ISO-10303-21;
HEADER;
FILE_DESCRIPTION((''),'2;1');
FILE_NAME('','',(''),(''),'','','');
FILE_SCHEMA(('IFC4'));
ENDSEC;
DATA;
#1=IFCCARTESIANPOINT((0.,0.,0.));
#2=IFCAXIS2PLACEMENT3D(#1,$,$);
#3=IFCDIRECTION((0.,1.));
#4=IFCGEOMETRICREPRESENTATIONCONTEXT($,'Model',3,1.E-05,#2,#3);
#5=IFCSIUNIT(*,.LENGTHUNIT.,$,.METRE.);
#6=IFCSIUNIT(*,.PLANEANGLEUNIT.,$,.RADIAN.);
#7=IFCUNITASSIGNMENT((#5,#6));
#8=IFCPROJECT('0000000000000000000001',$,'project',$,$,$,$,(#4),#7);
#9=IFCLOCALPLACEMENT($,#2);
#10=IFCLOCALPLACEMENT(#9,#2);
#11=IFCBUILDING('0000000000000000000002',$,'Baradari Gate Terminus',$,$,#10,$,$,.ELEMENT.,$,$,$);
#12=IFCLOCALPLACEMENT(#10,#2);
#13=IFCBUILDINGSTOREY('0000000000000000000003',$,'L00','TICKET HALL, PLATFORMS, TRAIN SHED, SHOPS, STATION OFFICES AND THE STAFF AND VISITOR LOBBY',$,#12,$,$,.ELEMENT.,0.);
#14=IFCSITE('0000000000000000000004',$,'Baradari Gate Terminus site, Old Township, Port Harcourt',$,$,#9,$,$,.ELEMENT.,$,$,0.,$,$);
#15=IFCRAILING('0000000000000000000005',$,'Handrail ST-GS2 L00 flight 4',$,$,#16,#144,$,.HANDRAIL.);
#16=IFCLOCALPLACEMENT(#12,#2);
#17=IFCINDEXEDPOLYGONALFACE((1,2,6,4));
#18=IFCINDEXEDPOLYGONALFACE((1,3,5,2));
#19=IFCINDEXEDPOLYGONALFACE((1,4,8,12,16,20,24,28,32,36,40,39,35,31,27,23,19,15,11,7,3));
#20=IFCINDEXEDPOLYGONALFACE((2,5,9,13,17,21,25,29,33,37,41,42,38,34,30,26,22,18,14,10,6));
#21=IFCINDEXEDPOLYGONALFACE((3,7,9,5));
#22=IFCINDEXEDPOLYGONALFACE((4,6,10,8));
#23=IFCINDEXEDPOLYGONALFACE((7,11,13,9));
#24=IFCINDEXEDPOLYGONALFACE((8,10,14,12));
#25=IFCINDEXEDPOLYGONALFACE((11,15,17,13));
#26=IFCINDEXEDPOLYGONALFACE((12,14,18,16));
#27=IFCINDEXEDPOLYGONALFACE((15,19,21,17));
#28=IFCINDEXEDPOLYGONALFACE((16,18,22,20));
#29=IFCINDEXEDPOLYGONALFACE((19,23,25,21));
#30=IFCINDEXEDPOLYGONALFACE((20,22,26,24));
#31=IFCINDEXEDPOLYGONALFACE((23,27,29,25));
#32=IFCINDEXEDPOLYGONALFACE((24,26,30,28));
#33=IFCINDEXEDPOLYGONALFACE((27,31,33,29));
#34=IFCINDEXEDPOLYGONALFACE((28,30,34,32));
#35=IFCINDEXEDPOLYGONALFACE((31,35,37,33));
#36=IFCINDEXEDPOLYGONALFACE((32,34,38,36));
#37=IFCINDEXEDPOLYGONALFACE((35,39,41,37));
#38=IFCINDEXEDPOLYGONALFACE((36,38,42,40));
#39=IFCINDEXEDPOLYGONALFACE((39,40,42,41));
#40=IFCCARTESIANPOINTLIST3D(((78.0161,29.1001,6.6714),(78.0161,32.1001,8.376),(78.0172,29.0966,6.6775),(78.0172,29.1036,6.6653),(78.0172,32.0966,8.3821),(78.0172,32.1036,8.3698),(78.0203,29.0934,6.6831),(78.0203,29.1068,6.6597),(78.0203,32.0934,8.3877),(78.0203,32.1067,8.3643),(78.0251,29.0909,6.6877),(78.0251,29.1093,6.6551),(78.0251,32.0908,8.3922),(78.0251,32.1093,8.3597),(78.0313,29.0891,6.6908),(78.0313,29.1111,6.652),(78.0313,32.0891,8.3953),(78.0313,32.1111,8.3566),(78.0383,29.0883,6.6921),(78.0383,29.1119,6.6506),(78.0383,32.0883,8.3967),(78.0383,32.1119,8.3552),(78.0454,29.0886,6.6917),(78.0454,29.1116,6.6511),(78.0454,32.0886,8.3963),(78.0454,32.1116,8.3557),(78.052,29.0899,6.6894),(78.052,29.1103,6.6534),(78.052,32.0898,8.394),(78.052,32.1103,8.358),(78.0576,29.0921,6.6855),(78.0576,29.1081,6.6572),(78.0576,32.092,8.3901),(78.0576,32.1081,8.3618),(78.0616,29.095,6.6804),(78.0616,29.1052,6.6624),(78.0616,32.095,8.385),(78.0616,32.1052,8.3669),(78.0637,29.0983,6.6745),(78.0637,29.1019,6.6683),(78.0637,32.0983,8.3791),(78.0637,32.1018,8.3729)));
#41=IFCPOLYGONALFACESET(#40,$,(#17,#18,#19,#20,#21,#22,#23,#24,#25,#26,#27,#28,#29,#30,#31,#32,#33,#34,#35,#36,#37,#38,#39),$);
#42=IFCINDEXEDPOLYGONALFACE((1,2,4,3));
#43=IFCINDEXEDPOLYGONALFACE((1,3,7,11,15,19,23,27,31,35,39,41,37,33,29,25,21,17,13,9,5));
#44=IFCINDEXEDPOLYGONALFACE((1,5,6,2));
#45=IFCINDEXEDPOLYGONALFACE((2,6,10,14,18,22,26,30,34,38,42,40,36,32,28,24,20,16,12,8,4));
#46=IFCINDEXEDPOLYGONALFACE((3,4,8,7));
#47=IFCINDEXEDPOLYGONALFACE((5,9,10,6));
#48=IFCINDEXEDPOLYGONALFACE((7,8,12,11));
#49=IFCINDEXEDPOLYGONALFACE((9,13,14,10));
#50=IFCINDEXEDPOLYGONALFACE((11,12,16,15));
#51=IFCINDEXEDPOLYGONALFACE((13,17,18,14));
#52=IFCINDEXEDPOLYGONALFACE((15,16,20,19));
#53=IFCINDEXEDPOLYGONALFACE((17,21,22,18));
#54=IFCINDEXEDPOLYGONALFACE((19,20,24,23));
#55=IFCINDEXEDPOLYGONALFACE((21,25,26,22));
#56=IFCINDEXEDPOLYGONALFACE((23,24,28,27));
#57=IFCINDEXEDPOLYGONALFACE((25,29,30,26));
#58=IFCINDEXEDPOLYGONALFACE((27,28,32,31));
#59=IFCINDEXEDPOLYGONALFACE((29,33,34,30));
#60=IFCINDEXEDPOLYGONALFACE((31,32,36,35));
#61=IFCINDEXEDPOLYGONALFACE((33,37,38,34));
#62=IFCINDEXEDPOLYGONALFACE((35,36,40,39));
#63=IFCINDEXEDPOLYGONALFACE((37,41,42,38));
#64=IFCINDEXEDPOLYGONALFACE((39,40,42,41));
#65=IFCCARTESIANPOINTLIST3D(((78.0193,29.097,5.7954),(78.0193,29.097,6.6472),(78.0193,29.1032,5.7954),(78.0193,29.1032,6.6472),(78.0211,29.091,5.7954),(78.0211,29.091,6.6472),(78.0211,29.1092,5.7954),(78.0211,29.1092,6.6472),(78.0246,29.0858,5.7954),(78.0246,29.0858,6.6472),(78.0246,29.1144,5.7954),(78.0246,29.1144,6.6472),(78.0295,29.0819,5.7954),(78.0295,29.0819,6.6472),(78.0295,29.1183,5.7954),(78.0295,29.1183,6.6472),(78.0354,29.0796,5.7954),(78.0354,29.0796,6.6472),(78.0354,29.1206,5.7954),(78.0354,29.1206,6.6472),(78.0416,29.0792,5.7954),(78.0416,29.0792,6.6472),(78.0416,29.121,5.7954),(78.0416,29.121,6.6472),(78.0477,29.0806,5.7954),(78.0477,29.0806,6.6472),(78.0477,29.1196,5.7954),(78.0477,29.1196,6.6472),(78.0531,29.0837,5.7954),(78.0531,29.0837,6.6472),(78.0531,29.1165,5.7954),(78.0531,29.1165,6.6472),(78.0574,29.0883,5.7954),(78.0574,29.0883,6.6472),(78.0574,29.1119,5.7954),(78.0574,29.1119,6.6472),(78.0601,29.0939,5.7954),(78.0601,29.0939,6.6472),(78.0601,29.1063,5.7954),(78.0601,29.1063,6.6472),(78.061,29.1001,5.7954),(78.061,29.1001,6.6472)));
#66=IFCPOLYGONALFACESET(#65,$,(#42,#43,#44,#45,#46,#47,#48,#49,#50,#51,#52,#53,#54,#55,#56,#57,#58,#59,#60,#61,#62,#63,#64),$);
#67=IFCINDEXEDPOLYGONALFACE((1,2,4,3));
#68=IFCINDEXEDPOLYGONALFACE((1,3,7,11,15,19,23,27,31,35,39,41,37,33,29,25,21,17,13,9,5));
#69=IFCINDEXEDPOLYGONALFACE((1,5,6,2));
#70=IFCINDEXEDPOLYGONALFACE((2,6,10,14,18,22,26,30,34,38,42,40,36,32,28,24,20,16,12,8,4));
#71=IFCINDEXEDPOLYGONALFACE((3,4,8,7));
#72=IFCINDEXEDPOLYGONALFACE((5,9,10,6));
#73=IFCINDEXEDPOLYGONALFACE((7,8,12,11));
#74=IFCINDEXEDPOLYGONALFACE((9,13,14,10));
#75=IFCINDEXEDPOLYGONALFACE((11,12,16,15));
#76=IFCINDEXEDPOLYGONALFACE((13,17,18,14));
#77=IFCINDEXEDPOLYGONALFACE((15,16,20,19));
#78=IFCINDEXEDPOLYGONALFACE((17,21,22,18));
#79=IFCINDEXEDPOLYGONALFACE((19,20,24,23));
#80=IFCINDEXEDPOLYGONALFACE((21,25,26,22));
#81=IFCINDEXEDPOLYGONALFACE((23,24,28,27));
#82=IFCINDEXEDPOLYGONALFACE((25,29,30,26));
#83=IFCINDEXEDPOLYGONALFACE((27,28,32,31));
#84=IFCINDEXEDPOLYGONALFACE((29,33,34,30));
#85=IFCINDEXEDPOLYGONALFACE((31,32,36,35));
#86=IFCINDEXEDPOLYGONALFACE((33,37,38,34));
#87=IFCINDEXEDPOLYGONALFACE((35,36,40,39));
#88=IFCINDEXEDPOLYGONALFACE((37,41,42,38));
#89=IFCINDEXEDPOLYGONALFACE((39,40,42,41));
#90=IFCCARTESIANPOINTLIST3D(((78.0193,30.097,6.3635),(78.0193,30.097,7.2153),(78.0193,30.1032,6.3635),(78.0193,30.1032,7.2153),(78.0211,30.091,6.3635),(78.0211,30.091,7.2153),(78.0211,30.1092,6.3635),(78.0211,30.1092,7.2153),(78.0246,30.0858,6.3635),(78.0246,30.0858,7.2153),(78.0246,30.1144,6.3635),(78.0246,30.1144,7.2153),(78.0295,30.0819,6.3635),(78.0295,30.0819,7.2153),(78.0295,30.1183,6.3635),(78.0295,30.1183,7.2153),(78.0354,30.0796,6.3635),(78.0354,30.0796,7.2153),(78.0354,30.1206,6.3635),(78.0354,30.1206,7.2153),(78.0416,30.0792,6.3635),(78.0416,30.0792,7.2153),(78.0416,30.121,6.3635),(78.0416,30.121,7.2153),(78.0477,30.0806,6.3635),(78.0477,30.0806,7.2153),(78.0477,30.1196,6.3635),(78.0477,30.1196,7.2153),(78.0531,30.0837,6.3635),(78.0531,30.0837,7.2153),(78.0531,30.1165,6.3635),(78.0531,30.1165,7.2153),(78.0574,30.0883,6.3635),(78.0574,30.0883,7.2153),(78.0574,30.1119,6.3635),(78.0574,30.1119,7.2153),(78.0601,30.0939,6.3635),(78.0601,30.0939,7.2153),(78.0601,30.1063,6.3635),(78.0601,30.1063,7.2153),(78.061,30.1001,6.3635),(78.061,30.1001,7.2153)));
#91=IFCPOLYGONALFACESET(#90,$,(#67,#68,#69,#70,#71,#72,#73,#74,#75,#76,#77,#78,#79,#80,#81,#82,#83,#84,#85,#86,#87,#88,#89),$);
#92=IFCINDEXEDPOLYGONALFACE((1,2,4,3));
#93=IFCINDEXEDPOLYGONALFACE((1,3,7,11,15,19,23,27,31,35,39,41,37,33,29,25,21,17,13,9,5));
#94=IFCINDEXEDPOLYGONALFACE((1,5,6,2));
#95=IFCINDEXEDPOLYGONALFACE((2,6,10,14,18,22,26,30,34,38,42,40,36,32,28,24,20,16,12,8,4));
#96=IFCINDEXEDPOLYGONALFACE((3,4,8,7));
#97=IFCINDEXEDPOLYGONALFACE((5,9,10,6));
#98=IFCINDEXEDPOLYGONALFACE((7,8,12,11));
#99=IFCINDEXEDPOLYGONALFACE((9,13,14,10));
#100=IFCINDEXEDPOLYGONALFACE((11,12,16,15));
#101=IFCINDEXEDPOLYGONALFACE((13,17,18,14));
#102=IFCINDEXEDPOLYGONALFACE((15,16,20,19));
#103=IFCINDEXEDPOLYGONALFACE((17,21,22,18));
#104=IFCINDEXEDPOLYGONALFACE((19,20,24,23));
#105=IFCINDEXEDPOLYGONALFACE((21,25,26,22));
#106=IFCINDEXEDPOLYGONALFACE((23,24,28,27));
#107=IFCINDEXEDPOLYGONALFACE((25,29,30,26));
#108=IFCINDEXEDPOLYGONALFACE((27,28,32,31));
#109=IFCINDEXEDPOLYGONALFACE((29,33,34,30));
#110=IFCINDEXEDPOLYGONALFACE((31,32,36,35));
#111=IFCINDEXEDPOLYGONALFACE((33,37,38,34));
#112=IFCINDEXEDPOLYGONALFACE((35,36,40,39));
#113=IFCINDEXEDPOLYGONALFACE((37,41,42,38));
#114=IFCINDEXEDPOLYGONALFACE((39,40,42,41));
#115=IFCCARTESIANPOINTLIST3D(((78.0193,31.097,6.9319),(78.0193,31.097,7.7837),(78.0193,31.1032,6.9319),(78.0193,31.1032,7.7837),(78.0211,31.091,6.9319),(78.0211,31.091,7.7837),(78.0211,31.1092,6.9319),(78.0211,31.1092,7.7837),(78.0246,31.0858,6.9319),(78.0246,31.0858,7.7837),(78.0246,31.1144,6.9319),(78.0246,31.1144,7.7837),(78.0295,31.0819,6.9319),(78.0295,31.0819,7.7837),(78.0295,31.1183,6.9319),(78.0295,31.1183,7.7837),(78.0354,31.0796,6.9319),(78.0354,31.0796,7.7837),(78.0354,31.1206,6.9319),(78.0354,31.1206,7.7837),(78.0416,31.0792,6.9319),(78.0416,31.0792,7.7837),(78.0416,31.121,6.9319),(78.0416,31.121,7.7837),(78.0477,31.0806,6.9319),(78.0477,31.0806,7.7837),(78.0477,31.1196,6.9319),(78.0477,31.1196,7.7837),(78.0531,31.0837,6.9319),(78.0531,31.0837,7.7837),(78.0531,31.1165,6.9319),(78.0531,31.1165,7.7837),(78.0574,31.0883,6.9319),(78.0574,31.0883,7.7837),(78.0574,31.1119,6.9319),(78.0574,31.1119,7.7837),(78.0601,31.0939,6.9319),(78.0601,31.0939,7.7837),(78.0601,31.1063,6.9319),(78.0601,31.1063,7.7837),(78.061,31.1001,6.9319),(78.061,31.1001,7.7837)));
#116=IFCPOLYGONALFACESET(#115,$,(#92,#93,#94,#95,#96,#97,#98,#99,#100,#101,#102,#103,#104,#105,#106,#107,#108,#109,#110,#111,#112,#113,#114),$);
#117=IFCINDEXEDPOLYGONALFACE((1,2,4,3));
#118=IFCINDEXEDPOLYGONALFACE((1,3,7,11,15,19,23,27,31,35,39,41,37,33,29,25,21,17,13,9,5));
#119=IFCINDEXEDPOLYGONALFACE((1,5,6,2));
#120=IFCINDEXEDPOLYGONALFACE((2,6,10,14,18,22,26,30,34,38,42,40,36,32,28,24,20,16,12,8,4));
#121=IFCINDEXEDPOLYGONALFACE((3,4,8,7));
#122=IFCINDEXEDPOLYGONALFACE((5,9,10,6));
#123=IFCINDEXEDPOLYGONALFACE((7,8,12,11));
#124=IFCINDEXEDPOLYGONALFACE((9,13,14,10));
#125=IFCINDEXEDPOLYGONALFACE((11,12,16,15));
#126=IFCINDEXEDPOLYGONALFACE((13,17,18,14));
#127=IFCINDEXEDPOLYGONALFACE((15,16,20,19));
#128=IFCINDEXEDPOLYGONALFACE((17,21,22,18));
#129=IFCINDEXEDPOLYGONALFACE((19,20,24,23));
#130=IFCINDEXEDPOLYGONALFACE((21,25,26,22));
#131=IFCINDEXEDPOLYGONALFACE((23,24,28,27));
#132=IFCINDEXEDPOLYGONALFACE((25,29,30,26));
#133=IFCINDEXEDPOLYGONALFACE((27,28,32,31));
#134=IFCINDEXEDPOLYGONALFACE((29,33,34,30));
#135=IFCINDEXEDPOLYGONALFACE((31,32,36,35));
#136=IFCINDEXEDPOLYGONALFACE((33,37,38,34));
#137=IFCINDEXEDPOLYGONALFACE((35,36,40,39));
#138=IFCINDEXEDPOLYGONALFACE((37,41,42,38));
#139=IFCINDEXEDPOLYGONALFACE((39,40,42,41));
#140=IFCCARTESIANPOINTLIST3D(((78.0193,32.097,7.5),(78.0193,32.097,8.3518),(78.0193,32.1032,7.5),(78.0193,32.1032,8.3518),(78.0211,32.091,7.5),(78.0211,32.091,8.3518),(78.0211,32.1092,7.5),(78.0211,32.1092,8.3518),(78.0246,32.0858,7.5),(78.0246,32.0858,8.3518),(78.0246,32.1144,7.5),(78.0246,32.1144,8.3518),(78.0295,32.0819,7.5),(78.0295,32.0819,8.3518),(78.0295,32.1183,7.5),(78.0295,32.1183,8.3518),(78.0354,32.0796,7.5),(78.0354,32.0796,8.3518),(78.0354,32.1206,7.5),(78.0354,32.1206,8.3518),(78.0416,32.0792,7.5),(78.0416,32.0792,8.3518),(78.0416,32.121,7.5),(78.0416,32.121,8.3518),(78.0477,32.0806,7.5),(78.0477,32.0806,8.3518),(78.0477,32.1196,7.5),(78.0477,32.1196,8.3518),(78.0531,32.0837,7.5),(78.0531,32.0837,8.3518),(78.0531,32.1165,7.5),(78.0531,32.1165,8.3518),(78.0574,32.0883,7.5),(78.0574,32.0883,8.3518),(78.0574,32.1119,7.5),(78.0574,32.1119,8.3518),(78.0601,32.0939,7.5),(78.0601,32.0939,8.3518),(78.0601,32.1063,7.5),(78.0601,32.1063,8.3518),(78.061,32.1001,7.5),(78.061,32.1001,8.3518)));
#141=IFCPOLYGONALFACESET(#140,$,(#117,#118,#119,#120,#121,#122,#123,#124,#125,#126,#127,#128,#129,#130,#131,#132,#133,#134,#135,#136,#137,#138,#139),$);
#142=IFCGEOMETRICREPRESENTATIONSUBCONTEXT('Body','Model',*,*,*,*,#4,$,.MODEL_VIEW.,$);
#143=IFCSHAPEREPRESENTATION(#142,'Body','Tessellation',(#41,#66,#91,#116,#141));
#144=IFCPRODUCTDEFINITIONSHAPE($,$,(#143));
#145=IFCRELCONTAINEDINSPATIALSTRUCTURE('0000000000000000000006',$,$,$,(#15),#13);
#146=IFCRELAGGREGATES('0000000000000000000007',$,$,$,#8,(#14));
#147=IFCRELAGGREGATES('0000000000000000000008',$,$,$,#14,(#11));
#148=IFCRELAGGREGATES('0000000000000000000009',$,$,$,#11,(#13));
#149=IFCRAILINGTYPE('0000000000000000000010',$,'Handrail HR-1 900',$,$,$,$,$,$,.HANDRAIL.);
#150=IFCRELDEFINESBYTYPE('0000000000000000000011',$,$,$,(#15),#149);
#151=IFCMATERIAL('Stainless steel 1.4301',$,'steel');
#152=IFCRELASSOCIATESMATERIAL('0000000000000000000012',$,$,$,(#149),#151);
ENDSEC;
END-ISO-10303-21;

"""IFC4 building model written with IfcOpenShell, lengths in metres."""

from ifc_helpers import new_model, si_unit, direction, frame, origin, origin_2d, place, context, subcontext, project, spatial, circle, extrude, material, type_object, element, save


model = new_model("IFC4")

# Units and contexts
model_context = context("Model", 3, precision=1e-05, world=origin(), true_north=direction((0.0, 1.0)))
body_context = subcontext(model_context, "Body", "Model", "MODEL_VIEW")
ifc_project = project(units=[si_unit("LENGTHUNIT", "METRE"), si_unit("PLANEANGLEUNIT", "RADIAN")], contexts=[model_context])

# Site, building, storey
site_placement = place(None, origin())
site = spatial("IfcSite", under=ifc_project, at=site_placement, Name="Baradari Gate Terminus site, Old Township, Port Harcourt", CompositionType="ELEMENT", RefElevation=0.0)
building_placement = place(site_placement, origin())
building = spatial("IfcBuilding", under=site, at=building_placement, Name="Baradari Gate Terminus", CompositionType="ELEMENT")
storey_placement = place(building_placement, origin())
storey = spatial("IfcBuildingStorey", under=building, at=storey_placement, Name="L00", Description="TICKET HALL, PLATFORMS, TRAIN SHED, SHOPS, STATION OFFICES AND THE STAFF AND VISITOR LOBBY", CompositionType="ELEMENT", Elevation=0.0)

# Railing
ifc_material_1 = material(Name="Stainless steel 1.4301", Category="steel")
railing_type = type_object("IfcRailingType", Name="Handrail HR-1 900", PredefinedType="HANDRAIL", material=ifc_material_1)
for number, where, name in (
    (1, (78.04, 29.1001, 5.7954), "Handrail ST-GS2 L00 flight 4"),
):
    element("IfcRailing", number, at=place(storey_placement, frame(where)), inside=storey, type_object=railing_type, Name=name, PredefinedType="HANDRAIL", context=body_context, shape_type="SweptSolid", body=[
        extrude(circle(Radius=0.0239, at=origin_2d()), frame((0.0, 0.0, 0.876), z_axis=(0.0, 0.869451, 0.494019), x_axis=(-1.0, 0.0, 0.0)), (0.0, 0.0, 1.0), 3.4504),
        extrude(circle(Radius=0.021, at=origin_2d()), origin(), (0.0, 0.0, 1.0), 0.8518),
        extrude(circle(Radius=0.021, at=origin_2d()), frame((0.0, 1.0, 0.5681)), (0.0, 0.0, 1.0), 0.8518),
        extrude(circle(Radius=0.021, at=origin_2d()), frame((0.0, 2.0, 1.1365)), (0.0, 0.0, 1.0), 0.8518),
        extrude(circle(Radius=0.021, at=origin_2d()), frame((0.0, 3.0, 1.7046)), (0.0, 0.0, 1.0), 0.8518),
    ])

save(model, "model.ifc")
